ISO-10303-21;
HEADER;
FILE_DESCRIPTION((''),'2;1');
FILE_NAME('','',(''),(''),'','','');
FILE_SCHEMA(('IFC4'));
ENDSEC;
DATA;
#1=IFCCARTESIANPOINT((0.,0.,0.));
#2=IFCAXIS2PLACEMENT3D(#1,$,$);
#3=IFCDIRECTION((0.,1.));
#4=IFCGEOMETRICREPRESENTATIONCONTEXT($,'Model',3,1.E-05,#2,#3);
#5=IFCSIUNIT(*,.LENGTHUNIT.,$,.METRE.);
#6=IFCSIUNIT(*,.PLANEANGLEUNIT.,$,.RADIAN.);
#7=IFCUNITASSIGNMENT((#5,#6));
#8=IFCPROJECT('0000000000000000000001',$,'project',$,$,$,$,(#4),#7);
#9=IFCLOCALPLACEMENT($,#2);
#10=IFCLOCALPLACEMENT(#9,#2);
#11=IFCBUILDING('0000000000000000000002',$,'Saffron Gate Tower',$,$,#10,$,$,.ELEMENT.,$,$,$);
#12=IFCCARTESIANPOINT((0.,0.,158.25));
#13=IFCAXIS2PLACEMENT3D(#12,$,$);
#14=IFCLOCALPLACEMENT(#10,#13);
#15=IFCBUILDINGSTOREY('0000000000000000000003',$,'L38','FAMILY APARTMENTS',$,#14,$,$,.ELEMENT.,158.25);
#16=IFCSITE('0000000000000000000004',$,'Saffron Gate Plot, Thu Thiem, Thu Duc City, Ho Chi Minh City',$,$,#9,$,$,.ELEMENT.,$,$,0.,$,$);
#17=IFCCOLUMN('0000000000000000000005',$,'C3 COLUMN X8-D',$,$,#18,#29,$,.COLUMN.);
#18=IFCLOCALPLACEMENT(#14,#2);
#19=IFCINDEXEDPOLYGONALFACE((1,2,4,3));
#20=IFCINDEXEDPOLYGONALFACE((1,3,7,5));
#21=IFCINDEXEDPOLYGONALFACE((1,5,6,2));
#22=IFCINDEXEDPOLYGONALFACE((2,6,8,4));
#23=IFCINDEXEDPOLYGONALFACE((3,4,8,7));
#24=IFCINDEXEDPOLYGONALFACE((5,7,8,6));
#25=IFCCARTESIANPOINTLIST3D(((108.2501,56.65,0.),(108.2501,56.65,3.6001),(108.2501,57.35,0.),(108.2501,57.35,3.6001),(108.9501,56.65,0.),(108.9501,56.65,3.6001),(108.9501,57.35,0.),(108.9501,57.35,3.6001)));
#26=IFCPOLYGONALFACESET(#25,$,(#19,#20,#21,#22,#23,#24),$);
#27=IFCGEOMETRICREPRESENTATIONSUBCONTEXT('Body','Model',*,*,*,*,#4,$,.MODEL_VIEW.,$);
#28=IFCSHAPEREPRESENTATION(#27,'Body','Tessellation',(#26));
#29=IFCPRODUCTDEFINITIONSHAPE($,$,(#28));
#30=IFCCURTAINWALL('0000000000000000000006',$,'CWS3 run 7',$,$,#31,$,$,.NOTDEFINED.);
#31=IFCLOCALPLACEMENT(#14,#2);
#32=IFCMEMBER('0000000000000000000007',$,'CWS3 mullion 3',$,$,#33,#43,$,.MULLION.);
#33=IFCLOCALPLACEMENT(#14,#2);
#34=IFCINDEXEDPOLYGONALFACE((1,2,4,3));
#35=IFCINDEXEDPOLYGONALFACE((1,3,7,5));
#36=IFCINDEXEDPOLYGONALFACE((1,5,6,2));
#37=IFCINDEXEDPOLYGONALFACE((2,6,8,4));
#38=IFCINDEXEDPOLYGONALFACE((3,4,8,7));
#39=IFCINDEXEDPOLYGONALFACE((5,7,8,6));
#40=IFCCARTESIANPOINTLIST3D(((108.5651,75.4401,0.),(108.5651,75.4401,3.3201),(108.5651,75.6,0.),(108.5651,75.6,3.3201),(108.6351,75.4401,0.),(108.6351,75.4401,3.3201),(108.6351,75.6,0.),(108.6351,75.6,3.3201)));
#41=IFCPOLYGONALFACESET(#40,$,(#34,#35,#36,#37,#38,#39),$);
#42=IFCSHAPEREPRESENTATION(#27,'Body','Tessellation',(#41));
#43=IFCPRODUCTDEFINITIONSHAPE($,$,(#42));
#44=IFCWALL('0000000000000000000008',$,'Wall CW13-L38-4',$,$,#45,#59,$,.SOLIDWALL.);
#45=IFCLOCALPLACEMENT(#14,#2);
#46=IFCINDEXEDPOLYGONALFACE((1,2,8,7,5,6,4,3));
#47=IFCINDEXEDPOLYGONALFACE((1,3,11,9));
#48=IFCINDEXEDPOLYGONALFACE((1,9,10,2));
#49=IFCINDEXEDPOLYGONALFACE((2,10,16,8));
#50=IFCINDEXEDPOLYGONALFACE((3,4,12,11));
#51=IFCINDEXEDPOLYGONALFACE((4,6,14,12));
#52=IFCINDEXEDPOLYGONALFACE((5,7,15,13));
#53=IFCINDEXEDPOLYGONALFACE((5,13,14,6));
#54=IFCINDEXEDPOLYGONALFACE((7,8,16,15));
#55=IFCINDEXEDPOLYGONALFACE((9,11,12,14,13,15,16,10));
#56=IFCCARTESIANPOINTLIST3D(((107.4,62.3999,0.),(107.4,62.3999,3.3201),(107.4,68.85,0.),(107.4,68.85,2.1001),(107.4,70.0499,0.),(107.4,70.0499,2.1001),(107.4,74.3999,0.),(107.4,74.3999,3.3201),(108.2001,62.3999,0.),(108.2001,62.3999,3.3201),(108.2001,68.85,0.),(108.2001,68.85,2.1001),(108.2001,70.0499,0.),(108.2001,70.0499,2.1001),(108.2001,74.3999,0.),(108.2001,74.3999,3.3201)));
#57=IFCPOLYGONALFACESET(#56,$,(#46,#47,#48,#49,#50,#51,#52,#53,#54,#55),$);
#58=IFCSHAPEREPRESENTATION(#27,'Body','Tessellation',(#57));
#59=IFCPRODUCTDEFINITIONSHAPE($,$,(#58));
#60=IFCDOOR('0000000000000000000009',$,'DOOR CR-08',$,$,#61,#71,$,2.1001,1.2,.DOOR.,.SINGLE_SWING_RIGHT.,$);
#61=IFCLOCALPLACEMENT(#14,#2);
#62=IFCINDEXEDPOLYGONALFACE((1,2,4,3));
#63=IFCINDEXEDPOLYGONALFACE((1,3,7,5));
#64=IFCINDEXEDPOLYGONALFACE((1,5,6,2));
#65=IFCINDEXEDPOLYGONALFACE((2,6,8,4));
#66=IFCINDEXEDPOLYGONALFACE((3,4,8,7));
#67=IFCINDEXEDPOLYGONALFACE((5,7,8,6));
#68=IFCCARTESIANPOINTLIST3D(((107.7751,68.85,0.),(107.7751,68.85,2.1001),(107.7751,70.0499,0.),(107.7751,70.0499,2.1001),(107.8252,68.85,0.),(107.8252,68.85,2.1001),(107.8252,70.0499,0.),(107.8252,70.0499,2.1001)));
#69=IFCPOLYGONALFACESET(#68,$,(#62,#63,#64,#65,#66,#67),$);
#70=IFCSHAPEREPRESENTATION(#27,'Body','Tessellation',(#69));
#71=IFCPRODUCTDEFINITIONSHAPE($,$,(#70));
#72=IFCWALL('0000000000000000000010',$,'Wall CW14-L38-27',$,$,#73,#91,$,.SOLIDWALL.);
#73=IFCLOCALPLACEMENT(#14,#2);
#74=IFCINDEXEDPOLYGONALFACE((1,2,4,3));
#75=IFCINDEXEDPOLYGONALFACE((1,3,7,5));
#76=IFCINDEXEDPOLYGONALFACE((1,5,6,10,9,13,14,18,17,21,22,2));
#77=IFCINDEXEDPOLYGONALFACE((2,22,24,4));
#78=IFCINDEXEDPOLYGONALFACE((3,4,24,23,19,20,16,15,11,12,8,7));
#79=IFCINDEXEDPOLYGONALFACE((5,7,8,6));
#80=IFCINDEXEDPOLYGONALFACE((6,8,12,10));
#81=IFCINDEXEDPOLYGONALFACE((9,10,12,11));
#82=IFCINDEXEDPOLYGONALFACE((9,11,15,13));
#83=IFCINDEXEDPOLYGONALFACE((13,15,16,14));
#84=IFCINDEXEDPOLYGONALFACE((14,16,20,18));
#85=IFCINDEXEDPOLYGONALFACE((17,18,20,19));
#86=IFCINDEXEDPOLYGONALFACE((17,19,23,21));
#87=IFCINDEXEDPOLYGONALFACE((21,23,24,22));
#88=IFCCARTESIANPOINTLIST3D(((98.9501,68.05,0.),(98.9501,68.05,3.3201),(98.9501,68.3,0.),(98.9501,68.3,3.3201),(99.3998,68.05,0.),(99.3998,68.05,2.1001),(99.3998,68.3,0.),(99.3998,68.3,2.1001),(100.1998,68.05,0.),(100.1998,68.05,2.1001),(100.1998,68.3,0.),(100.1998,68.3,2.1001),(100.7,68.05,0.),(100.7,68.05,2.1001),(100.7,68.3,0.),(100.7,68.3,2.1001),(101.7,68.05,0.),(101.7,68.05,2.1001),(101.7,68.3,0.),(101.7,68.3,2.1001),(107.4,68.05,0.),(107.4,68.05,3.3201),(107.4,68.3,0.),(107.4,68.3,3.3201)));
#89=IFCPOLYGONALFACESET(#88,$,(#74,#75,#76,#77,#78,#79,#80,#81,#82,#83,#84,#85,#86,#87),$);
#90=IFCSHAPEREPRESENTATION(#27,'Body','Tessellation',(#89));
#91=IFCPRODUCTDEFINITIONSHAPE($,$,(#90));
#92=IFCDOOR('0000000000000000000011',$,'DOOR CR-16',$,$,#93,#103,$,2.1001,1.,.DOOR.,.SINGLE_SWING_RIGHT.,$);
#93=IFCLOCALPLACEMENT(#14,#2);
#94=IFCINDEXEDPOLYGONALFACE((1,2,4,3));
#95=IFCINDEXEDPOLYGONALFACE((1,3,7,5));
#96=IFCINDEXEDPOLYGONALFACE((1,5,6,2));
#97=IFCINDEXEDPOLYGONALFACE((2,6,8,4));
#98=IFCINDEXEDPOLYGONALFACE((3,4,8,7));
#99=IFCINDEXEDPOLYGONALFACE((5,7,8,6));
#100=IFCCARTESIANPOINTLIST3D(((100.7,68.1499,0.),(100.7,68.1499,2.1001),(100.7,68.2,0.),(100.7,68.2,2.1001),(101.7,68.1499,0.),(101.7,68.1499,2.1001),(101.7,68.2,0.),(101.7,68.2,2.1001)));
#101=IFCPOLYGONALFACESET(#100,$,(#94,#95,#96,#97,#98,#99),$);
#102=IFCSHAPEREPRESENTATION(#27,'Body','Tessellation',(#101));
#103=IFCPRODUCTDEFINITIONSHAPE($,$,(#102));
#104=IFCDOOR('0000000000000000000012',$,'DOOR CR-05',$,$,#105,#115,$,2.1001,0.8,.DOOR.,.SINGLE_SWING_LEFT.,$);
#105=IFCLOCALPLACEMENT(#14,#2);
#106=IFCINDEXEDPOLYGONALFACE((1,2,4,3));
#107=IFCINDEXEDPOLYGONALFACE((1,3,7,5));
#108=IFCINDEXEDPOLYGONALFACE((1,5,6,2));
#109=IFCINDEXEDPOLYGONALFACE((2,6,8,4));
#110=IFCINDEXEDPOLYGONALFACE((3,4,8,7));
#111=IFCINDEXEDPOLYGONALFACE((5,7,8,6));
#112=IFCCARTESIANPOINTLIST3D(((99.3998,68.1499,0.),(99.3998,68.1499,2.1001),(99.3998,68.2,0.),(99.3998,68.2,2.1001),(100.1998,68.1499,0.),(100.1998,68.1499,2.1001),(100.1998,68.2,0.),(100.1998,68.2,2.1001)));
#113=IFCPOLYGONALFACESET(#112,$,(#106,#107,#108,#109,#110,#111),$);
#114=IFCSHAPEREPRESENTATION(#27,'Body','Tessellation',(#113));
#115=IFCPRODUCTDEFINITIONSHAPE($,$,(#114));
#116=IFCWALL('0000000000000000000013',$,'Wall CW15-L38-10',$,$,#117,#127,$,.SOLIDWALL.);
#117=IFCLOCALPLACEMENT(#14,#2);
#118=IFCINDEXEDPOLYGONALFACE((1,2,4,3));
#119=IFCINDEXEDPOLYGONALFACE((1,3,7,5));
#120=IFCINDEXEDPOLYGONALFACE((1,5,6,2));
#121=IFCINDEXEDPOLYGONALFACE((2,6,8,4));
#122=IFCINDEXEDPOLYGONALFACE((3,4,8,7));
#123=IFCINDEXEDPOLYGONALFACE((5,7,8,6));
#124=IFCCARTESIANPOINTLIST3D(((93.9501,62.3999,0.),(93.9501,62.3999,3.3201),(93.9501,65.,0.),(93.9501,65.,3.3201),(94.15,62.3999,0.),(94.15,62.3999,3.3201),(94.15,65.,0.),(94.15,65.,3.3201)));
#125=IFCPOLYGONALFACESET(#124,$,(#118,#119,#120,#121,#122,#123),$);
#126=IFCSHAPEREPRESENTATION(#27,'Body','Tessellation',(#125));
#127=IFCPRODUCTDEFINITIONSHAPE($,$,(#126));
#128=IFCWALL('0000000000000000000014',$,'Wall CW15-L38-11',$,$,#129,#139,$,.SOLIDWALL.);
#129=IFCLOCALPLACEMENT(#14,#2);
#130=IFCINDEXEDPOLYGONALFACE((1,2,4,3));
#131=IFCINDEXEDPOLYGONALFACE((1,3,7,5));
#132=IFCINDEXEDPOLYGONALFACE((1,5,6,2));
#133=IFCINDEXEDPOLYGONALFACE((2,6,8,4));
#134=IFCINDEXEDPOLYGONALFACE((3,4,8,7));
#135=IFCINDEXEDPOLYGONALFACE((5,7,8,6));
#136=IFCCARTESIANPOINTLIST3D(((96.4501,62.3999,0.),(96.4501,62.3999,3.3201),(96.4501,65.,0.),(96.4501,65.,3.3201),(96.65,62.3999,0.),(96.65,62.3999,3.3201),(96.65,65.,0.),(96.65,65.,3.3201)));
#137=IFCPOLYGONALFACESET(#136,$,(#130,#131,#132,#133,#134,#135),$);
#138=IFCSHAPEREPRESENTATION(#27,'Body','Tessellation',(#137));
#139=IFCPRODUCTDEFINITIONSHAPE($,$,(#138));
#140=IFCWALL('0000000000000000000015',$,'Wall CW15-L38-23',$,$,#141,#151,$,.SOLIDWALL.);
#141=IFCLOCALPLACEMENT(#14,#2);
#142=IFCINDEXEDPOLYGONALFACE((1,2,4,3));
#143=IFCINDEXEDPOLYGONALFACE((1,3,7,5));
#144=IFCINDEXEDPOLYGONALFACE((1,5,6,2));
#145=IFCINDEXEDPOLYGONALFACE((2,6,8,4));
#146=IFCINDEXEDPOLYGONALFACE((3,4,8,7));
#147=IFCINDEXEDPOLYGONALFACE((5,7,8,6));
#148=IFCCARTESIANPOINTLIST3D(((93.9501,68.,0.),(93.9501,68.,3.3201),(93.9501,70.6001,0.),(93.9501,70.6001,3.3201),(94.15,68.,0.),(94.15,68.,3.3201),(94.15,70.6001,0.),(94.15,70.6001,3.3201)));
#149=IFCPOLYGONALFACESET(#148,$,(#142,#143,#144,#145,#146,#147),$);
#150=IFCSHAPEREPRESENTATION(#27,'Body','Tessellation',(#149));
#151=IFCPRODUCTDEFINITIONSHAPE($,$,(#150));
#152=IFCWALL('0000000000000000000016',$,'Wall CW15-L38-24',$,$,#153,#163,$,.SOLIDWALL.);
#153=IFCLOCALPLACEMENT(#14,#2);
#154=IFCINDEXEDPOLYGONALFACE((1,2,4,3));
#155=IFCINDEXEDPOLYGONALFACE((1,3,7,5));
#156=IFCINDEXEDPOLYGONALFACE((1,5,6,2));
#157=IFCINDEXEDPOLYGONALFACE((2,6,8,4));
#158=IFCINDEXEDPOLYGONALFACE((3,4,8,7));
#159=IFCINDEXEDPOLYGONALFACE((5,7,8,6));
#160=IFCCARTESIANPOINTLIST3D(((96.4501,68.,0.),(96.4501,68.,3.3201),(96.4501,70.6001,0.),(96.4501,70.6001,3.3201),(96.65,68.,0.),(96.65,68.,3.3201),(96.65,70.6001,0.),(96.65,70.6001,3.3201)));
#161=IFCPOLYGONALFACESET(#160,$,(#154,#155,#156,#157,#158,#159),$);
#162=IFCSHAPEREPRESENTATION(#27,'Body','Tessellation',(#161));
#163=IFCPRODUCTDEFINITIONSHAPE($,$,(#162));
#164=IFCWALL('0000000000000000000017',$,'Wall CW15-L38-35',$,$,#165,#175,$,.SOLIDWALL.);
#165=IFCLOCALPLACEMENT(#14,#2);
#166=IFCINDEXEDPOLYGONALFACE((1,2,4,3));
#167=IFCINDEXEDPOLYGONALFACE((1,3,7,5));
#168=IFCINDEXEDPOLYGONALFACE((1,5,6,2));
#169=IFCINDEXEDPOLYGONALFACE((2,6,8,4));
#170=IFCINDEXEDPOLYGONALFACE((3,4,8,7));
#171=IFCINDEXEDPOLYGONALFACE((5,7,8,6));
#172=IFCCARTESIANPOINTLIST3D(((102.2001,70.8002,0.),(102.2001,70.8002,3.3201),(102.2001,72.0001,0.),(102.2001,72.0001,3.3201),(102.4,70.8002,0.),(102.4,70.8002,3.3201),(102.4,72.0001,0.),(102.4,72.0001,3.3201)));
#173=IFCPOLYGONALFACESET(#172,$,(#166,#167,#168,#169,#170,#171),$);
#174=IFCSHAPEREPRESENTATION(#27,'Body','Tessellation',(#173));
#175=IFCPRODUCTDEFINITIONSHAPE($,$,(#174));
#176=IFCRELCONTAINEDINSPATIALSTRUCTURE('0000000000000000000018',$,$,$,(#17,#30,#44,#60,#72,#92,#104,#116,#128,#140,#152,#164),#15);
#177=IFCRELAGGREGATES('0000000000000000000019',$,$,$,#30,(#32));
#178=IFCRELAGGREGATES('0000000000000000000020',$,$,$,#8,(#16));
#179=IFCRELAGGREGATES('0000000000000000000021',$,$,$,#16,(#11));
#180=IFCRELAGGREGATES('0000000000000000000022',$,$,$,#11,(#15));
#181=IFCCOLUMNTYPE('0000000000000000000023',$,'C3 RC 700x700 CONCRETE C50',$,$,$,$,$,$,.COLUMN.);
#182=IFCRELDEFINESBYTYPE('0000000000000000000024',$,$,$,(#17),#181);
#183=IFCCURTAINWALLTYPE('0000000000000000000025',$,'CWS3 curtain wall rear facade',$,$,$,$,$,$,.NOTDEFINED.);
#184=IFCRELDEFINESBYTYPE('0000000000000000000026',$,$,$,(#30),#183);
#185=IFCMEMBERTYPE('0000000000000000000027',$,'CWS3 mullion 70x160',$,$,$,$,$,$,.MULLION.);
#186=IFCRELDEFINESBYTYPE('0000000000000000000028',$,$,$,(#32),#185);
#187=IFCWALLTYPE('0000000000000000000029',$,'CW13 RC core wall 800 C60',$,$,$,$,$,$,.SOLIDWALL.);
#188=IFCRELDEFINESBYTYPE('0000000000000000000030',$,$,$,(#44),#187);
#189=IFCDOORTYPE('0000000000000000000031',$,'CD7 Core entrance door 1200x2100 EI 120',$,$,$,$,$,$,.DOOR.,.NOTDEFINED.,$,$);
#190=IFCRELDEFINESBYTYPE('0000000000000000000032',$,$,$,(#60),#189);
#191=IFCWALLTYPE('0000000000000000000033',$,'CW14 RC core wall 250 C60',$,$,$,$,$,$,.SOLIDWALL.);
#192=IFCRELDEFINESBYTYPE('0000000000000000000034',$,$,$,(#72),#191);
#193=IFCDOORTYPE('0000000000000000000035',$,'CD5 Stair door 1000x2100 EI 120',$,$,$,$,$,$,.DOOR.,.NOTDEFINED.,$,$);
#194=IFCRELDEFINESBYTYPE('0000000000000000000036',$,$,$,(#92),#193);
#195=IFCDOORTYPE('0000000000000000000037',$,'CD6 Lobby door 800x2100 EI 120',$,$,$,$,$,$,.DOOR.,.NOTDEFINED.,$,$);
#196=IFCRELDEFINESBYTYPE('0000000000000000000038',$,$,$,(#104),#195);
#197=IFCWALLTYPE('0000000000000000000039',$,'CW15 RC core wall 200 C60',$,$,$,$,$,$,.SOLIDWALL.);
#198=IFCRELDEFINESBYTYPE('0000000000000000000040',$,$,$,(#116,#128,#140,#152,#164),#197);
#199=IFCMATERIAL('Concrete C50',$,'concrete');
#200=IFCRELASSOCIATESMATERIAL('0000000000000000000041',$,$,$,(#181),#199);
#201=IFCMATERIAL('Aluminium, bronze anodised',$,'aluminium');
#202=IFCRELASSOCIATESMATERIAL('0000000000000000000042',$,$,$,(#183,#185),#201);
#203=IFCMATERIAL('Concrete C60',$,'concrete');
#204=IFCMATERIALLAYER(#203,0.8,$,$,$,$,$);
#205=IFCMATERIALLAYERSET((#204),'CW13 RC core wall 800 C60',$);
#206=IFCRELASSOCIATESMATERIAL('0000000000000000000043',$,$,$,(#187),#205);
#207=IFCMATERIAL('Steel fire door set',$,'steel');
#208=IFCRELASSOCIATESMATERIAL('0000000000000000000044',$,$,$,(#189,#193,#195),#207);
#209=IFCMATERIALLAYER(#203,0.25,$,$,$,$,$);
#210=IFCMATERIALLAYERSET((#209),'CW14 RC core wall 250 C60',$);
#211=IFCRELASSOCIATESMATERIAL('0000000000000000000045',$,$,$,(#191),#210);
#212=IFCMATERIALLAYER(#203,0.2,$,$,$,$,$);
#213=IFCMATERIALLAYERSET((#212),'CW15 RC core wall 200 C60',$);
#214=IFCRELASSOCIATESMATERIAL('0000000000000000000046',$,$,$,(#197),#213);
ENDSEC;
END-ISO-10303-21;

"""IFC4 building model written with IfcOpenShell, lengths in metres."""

from ifc_helpers import new_model, si_unit, direction, frame, frame_2d, origin, origin_2d, place, context, subcontext, project, spatial, rectangle, extrude, material, layer, layer_set, material_profile, profile_set, type_object, element, fill, aggregate, save


model = new_model("IFC4")

# Units and contexts
model_context = context("Model", 3, precision=1e-05, world=origin(), true_north=direction((0.0, 1.0)))
body_context = subcontext(model_context, "Body", "Model", "MODEL_VIEW")
ifc_project = project(units=[si_unit("LENGTHUNIT", "METRE"), si_unit("PLANEANGLEUNIT", "RADIAN")], contexts=[model_context])

# Site, building, storey
site_placement = place(None, origin())
site = spatial("IfcSite", under=ifc_project, at=site_placement, Name="Saffron Gate Plot, Thu Thiem, Thu Duc City, Ho Chi Minh City", CompositionType="ELEMENT", RefElevation=0.0)
building_placement = place(site_placement, origin())
building = spatial("IfcBuilding", under=site, at=building_placement, Name="Saffron Gate Tower", CompositionType="ELEMENT")
storey_placement = place(building_placement, frame((0.0, 0.0, 158.25)))
storey = spatial("IfcBuildingStorey", under=building, at=storey_placement, Name="L38", Description="FAMILY APARTMENTS", CompositionType="ELEMENT", Elevation=158.25)

# Column
ifc_material_1 = material(Name="Concrete C50", Category="concrete")
ifc_material_profile_1 = material_profile(ifc_material_1, rectangle(XDim=0.7, YDim=0.7, at=origin_2d()))
ifc_profile_set_1 = profile_set([ifc_material_profile_1], Name="Concrete C50")
column_type = type_object("IfcColumnType", Name="C3 RC 700x700 CONCRETE C50", PredefinedType="COLUMN", material=ifc_profile_set_1)
column_placement = place(storey_placement, frame((108.6001, 57.0, 0.0), z_axis=(0.0, 0.0, 1.0), x_axis=(1.0, 0.0, 0.0)))
element("IfcColumn", 1, at=column_placement, inside=storey, type_object=column_type, Name="C3 COLUMN X8-D", PredefinedType="COLUMN", context=body_context, shape_type="SweptSolid", body=[
    extrude(rectangle(XDim=0.7, YDim=0.7, at=origin_2d()), origin(), (0.0, 0.0, 1.0), 3.6001),
])

# Curtain wall, member
ifc_material_2 = material(Name="Aluminium, bronze anodised", Category="aluminium")
curtain_wall_type = type_object("IfcCurtainWallType", Name="CWS3 curtain wall rear facade", PredefinedType="NOTDEFINED", material=ifc_material_2)
curtain_wall_placement = place(storey_placement, origin())
curtain_wall = element("IfcCurtainWall", 2, at=curtain_wall_placement, inside=storey, type_object=curtain_wall_type, Name="CWS3 run 7", PredefinedType="NOTDEFINED")
ifc_material_profile_2 = material_profile(ifc_material_2, rectangle(XDim=0.1599, YDim=0.0701, at=origin_2d()))
ifc_profile_set_2 = profile_set([ifc_material_profile_2], Name="Aluminium, bronze anodised")
member_type = type_object("IfcMemberType", Name="CWS3 mullion 70x160", PredefinedType="MULLION", material=ifc_profile_set_2)
member_placement = place(storey_placement, frame((108.6001, 75.52, 0.0), z_axis=(0.0, 0.0, 1.0), x_axis=(0.0, -1.0, 0.0)))
member = element("IfcMember", 3, at=member_placement, type_object=member_type, Name="CWS3 mullion 3", PredefinedType="MULLION", context=body_context, shape_type="SweptSolid", body=[
    extrude(rectangle(XDim=0.1599, YDim=0.0701, at=origin_2d()), origin(), (0.0, 0.0, 1.0), 3.3201),
])
aggregate(curtain_wall, [member])

# Wall, opening, door
ifc_material_3 = material(Name="Concrete C60", Category="concrete")
ifc_layer_1 = layer(ifc_material_3, 0.8)
ifc_layer_set_1 = layer_set([ifc_layer_1], Name="CW13 RC core wall 800 C60")
wall_type_1 = type_object("IfcWallType", Name="CW13 RC core wall 800 C60", PredefinedType="SOLIDWALL", material=ifc_layer_set_1)
wall_1_placement = place(storey_placement, frame((107.8, 62.3999, 0.0), z_axis=(0.0, 0.0, 1.0), x_axis=(0.0, 1.0, 0.0)))
wall_1 = element("IfcWall", 4, at=wall_1_placement, inside=storey, type_object=wall_type_1, Name="Wall CW13-L38-4", PredefinedType="SOLIDWALL", context=body_context, shape_type="SweptSolid", body=[
    extrude(rectangle(XDim=12.0, YDim=0.8, at=frame_2d((6.0, 0.0))), origin(), (0.0, 0.0, 1.0), 3.3201),
])
opening_1_placement = place(wall_1_placement, frame((6.45, 0.0, 0.0)))
opening_1 = element("IfcOpeningElement", 5, at=opening_1_placement, cuts=wall_1, PredefinedType="OPENING", context=body_context, shape_type="SweptSolid", body=[
    extrude(rectangle(XDim=1.2, YDim=2.1001, at=frame_2d((0.6001, 1.05))), frame((0.0, 0.4102, 0.0), z_axis=(0.0, -1.0, 0.0), x_axis=(1.0, 0.0, 0.0)), (0.0, 0.0, 1.0), 0.8201),
])
ifc_material_4 = material(Name="Steel fire door set", Category="steel")
door_type_1 = type_object("IfcDoorType", Name="CD7 Core entrance door 1200x2100 EI 120", OperationType="NOTDEFINED", PredefinedType="DOOR", material=ifc_material_4)
door_1_placement = place(opening_1_placement, origin())
door_1 = element("IfcDoor", 6, at=door_1_placement, inside=storey, type_object=door_type_1, Name="DOOR CR-08", OperationType="SINGLE_SWING_RIGHT", OverallHeight=2.1001, OverallWidth=1.2, PredefinedType="DOOR", context=body_context, shape_type="SweptSolid", body=[
    extrude(rectangle(XDim=1.2, YDim=2.1001, at=frame_2d((0.6001, 1.05))), frame((0.0, 0.0249, 0.0), z_axis=(0.0, -1.0, 0.0), x_axis=(1.0, 0.0, 0.0)), (0.0, 0.0, 1.0), 0.05),
])
fill(opening_1, door_1)

# Wall, openings, doors
ifc_layer_2 = layer(ifc_material_3, 0.25)
ifc_layer_set_2 = layer_set([ifc_layer_2], Name="CW14 RC core wall 250 C60")
wall_type_2 = type_object("IfcWallType", Name="CW14 RC core wall 250 C60", PredefinedType="SOLIDWALL", material=ifc_layer_set_2)
wall_2_placement = place(storey_placement, frame((98.95, 68.175, 0.0), z_axis=(0.0, 0.0, 1.0), x_axis=(1.0, 0.0, 0.0)))
wall_2 = element("IfcWall", 7, at=wall_2_placement, inside=storey, type_object=wall_type_2, Name="Wall CW14-L38-27", PredefinedType="SOLIDWALL", context=body_context, shape_type="SweptSolid", body=[
    extrude(rectangle(XDim=8.45, YDim=0.25, at=frame_2d((4.2251, 0.0))), origin(), (0.0, 0.0, 1.0), 3.3201),
])
opening_2_placement = place(wall_2_placement, frame((0.45, 0.0, 0.0)))
opening_2 = element("IfcOpeningElement", 8, at=opening_2_placement, cuts=wall_2, PredefinedType="OPENING", context=body_context, shape_type="SweptSolid", body=[
    extrude(rectangle(XDim=0.8, YDim=2.1001, at=frame_2d((0.3999, 1.05))), frame((0.0, 0.135, 0.0), z_axis=(0.0, -1.0, 0.0), x_axis=(1.0, 0.0, 0.0)), (0.0, 0.0, 1.0), 0.27),
])
opening_3_placement = place(wall_2_placement, frame((1.75, 0.0, 0.0)))
opening_3 = element("IfcOpeningElement", 9, at=opening_3_placement, cuts=wall_2, PredefinedType="OPENING", context=body_context, shape_type="SweptSolid", body=[
    extrude(rectangle(XDim=1.0, YDim=2.1001, at=frame_2d((0.5, 1.05))), frame((0.0, 0.135, 0.0), z_axis=(0.0, -1.0, 0.0), x_axis=(1.0, 0.0, 0.0)), (0.0, 0.0, 1.0), 0.27),
])
door_type_2 = type_object("IfcDoorType", Name="CD5 Stair door 1000x2100 EI 120", OperationType="NOTDEFINED", PredefinedType="DOOR", material=ifc_material_4)
door_2_placement = place(opening_3_placement, origin())
door_2 = element("IfcDoor", 10, at=door_2_placement, inside=storey, type_object=door_type_2, Name="DOOR CR-16", OperationType="SINGLE_SWING_RIGHT", OverallHeight=2.1001, OverallWidth=1.0, PredefinedType="DOOR", context=body_context, shape_type="SweptSolid", body=[
    extrude(rectangle(XDim=1.0, YDim=2.1001, at=frame_2d((0.5, 1.05))), frame((0.0, 0.0249, 0.0), z_axis=(0.0, -1.0, 0.0), x_axis=(1.0, 0.0, 0.0)), (0.0, 0.0, 1.0), 0.05),
])
fill(opening_3, door_2)
door_type_3 = type_object("IfcDoorType", Name="CD6 Lobby door 800x2100 EI 120", OperationType="NOTDEFINED", PredefinedType="DOOR", material=ifc_material_4)
door_3_placement = place(opening_2_placement, origin())
door_3 = element("IfcDoor", 11, at=door_3_placement, inside=storey, type_object=door_type_3, Name="DOOR CR-05", OperationType="SINGLE_SWING_LEFT", OverallHeight=2.1001, OverallWidth=0.8, PredefinedType="DOOR", context=body_context, shape_type="SweptSolid", body=[
    extrude(rectangle(XDim=0.8, YDim=2.1001, at=frame_2d((0.3999, 1.05))), frame((0.0, 0.0249, 0.0), z_axis=(0.0, -1.0, 0.0), x_axis=(1.0, 0.0, 0.0)), (0.0, 0.0, 1.0), 0.05),
])
fill(opening_2, door_3)

# Walls
ifc_layer_3 = layer(ifc_material_3, 0.2)
ifc_layer_set_3 = layer_set([ifc_layer_3], Name="CW15 RC core wall 200 C60")
wall_type_3 = type_object("IfcWallType", Name="CW15 RC core wall 200 C60", PredefinedType="SOLIDWALL", material=ifc_layer_set_3)
for number, where, z_axis, x_axis, name in (
    (12, (94.05, 62.3999, 0.0), (0.0, 0.0, 1.0), (0.0, 1.0, 0.0), "Wall CW15-L38-10"),
    (13, (96.55, 62.3999, 0.0), (0.0, 0.0, 1.0), (0.0, 1.0, 0.0), "Wall CW15-L38-11"),
    (14, (94.05, 68.0, 0.0), (0.0, 0.0, 1.0), (0.0, 1.0, 0.0), "Wall CW15-L38-23"),
    (15, (96.55, 68.0, 0.0), (0.0, 0.0, 1.0), (0.0, 1.0, 0.0), "Wall CW15-L38-24"),
):
    element("IfcWall", number, at=place(storey_placement, frame(where, z_axis=z_axis, x_axis=x_axis)), inside=storey, type_object=wall_type_3, Name=name, PredefinedType="SOLIDWALL", context=body_context, shape_type="SweptSolid", body=[
        extrude(rectangle(XDim=2.6001, YDim=0.2, at=frame_2d((1.3, 0.0))), origin(), (0.0, 0.0, 1.0), 3.3201),
    ])
wall_3_placement = place(storey_placement, frame((102.3, 70.8, 0.0), z_axis=(0.0, 0.0, 1.0), x_axis=(0.0, 1.0, 0.0)))
element("IfcWall", 16, at=wall_3_placement, inside=storey, type_object=wall_type_3, Name="Wall CW15-L38-35", PredefinedType="SOLIDWALL", context=body_context, shape_type="SweptSolid", body=[
    extrude(rectangle(XDim=1.2, YDim=0.2, at=frame_2d((0.6001, 0.0))), origin(), (0.0, 0.0, 1.0), 3.3201),
])

save(model, "model.ifc")
